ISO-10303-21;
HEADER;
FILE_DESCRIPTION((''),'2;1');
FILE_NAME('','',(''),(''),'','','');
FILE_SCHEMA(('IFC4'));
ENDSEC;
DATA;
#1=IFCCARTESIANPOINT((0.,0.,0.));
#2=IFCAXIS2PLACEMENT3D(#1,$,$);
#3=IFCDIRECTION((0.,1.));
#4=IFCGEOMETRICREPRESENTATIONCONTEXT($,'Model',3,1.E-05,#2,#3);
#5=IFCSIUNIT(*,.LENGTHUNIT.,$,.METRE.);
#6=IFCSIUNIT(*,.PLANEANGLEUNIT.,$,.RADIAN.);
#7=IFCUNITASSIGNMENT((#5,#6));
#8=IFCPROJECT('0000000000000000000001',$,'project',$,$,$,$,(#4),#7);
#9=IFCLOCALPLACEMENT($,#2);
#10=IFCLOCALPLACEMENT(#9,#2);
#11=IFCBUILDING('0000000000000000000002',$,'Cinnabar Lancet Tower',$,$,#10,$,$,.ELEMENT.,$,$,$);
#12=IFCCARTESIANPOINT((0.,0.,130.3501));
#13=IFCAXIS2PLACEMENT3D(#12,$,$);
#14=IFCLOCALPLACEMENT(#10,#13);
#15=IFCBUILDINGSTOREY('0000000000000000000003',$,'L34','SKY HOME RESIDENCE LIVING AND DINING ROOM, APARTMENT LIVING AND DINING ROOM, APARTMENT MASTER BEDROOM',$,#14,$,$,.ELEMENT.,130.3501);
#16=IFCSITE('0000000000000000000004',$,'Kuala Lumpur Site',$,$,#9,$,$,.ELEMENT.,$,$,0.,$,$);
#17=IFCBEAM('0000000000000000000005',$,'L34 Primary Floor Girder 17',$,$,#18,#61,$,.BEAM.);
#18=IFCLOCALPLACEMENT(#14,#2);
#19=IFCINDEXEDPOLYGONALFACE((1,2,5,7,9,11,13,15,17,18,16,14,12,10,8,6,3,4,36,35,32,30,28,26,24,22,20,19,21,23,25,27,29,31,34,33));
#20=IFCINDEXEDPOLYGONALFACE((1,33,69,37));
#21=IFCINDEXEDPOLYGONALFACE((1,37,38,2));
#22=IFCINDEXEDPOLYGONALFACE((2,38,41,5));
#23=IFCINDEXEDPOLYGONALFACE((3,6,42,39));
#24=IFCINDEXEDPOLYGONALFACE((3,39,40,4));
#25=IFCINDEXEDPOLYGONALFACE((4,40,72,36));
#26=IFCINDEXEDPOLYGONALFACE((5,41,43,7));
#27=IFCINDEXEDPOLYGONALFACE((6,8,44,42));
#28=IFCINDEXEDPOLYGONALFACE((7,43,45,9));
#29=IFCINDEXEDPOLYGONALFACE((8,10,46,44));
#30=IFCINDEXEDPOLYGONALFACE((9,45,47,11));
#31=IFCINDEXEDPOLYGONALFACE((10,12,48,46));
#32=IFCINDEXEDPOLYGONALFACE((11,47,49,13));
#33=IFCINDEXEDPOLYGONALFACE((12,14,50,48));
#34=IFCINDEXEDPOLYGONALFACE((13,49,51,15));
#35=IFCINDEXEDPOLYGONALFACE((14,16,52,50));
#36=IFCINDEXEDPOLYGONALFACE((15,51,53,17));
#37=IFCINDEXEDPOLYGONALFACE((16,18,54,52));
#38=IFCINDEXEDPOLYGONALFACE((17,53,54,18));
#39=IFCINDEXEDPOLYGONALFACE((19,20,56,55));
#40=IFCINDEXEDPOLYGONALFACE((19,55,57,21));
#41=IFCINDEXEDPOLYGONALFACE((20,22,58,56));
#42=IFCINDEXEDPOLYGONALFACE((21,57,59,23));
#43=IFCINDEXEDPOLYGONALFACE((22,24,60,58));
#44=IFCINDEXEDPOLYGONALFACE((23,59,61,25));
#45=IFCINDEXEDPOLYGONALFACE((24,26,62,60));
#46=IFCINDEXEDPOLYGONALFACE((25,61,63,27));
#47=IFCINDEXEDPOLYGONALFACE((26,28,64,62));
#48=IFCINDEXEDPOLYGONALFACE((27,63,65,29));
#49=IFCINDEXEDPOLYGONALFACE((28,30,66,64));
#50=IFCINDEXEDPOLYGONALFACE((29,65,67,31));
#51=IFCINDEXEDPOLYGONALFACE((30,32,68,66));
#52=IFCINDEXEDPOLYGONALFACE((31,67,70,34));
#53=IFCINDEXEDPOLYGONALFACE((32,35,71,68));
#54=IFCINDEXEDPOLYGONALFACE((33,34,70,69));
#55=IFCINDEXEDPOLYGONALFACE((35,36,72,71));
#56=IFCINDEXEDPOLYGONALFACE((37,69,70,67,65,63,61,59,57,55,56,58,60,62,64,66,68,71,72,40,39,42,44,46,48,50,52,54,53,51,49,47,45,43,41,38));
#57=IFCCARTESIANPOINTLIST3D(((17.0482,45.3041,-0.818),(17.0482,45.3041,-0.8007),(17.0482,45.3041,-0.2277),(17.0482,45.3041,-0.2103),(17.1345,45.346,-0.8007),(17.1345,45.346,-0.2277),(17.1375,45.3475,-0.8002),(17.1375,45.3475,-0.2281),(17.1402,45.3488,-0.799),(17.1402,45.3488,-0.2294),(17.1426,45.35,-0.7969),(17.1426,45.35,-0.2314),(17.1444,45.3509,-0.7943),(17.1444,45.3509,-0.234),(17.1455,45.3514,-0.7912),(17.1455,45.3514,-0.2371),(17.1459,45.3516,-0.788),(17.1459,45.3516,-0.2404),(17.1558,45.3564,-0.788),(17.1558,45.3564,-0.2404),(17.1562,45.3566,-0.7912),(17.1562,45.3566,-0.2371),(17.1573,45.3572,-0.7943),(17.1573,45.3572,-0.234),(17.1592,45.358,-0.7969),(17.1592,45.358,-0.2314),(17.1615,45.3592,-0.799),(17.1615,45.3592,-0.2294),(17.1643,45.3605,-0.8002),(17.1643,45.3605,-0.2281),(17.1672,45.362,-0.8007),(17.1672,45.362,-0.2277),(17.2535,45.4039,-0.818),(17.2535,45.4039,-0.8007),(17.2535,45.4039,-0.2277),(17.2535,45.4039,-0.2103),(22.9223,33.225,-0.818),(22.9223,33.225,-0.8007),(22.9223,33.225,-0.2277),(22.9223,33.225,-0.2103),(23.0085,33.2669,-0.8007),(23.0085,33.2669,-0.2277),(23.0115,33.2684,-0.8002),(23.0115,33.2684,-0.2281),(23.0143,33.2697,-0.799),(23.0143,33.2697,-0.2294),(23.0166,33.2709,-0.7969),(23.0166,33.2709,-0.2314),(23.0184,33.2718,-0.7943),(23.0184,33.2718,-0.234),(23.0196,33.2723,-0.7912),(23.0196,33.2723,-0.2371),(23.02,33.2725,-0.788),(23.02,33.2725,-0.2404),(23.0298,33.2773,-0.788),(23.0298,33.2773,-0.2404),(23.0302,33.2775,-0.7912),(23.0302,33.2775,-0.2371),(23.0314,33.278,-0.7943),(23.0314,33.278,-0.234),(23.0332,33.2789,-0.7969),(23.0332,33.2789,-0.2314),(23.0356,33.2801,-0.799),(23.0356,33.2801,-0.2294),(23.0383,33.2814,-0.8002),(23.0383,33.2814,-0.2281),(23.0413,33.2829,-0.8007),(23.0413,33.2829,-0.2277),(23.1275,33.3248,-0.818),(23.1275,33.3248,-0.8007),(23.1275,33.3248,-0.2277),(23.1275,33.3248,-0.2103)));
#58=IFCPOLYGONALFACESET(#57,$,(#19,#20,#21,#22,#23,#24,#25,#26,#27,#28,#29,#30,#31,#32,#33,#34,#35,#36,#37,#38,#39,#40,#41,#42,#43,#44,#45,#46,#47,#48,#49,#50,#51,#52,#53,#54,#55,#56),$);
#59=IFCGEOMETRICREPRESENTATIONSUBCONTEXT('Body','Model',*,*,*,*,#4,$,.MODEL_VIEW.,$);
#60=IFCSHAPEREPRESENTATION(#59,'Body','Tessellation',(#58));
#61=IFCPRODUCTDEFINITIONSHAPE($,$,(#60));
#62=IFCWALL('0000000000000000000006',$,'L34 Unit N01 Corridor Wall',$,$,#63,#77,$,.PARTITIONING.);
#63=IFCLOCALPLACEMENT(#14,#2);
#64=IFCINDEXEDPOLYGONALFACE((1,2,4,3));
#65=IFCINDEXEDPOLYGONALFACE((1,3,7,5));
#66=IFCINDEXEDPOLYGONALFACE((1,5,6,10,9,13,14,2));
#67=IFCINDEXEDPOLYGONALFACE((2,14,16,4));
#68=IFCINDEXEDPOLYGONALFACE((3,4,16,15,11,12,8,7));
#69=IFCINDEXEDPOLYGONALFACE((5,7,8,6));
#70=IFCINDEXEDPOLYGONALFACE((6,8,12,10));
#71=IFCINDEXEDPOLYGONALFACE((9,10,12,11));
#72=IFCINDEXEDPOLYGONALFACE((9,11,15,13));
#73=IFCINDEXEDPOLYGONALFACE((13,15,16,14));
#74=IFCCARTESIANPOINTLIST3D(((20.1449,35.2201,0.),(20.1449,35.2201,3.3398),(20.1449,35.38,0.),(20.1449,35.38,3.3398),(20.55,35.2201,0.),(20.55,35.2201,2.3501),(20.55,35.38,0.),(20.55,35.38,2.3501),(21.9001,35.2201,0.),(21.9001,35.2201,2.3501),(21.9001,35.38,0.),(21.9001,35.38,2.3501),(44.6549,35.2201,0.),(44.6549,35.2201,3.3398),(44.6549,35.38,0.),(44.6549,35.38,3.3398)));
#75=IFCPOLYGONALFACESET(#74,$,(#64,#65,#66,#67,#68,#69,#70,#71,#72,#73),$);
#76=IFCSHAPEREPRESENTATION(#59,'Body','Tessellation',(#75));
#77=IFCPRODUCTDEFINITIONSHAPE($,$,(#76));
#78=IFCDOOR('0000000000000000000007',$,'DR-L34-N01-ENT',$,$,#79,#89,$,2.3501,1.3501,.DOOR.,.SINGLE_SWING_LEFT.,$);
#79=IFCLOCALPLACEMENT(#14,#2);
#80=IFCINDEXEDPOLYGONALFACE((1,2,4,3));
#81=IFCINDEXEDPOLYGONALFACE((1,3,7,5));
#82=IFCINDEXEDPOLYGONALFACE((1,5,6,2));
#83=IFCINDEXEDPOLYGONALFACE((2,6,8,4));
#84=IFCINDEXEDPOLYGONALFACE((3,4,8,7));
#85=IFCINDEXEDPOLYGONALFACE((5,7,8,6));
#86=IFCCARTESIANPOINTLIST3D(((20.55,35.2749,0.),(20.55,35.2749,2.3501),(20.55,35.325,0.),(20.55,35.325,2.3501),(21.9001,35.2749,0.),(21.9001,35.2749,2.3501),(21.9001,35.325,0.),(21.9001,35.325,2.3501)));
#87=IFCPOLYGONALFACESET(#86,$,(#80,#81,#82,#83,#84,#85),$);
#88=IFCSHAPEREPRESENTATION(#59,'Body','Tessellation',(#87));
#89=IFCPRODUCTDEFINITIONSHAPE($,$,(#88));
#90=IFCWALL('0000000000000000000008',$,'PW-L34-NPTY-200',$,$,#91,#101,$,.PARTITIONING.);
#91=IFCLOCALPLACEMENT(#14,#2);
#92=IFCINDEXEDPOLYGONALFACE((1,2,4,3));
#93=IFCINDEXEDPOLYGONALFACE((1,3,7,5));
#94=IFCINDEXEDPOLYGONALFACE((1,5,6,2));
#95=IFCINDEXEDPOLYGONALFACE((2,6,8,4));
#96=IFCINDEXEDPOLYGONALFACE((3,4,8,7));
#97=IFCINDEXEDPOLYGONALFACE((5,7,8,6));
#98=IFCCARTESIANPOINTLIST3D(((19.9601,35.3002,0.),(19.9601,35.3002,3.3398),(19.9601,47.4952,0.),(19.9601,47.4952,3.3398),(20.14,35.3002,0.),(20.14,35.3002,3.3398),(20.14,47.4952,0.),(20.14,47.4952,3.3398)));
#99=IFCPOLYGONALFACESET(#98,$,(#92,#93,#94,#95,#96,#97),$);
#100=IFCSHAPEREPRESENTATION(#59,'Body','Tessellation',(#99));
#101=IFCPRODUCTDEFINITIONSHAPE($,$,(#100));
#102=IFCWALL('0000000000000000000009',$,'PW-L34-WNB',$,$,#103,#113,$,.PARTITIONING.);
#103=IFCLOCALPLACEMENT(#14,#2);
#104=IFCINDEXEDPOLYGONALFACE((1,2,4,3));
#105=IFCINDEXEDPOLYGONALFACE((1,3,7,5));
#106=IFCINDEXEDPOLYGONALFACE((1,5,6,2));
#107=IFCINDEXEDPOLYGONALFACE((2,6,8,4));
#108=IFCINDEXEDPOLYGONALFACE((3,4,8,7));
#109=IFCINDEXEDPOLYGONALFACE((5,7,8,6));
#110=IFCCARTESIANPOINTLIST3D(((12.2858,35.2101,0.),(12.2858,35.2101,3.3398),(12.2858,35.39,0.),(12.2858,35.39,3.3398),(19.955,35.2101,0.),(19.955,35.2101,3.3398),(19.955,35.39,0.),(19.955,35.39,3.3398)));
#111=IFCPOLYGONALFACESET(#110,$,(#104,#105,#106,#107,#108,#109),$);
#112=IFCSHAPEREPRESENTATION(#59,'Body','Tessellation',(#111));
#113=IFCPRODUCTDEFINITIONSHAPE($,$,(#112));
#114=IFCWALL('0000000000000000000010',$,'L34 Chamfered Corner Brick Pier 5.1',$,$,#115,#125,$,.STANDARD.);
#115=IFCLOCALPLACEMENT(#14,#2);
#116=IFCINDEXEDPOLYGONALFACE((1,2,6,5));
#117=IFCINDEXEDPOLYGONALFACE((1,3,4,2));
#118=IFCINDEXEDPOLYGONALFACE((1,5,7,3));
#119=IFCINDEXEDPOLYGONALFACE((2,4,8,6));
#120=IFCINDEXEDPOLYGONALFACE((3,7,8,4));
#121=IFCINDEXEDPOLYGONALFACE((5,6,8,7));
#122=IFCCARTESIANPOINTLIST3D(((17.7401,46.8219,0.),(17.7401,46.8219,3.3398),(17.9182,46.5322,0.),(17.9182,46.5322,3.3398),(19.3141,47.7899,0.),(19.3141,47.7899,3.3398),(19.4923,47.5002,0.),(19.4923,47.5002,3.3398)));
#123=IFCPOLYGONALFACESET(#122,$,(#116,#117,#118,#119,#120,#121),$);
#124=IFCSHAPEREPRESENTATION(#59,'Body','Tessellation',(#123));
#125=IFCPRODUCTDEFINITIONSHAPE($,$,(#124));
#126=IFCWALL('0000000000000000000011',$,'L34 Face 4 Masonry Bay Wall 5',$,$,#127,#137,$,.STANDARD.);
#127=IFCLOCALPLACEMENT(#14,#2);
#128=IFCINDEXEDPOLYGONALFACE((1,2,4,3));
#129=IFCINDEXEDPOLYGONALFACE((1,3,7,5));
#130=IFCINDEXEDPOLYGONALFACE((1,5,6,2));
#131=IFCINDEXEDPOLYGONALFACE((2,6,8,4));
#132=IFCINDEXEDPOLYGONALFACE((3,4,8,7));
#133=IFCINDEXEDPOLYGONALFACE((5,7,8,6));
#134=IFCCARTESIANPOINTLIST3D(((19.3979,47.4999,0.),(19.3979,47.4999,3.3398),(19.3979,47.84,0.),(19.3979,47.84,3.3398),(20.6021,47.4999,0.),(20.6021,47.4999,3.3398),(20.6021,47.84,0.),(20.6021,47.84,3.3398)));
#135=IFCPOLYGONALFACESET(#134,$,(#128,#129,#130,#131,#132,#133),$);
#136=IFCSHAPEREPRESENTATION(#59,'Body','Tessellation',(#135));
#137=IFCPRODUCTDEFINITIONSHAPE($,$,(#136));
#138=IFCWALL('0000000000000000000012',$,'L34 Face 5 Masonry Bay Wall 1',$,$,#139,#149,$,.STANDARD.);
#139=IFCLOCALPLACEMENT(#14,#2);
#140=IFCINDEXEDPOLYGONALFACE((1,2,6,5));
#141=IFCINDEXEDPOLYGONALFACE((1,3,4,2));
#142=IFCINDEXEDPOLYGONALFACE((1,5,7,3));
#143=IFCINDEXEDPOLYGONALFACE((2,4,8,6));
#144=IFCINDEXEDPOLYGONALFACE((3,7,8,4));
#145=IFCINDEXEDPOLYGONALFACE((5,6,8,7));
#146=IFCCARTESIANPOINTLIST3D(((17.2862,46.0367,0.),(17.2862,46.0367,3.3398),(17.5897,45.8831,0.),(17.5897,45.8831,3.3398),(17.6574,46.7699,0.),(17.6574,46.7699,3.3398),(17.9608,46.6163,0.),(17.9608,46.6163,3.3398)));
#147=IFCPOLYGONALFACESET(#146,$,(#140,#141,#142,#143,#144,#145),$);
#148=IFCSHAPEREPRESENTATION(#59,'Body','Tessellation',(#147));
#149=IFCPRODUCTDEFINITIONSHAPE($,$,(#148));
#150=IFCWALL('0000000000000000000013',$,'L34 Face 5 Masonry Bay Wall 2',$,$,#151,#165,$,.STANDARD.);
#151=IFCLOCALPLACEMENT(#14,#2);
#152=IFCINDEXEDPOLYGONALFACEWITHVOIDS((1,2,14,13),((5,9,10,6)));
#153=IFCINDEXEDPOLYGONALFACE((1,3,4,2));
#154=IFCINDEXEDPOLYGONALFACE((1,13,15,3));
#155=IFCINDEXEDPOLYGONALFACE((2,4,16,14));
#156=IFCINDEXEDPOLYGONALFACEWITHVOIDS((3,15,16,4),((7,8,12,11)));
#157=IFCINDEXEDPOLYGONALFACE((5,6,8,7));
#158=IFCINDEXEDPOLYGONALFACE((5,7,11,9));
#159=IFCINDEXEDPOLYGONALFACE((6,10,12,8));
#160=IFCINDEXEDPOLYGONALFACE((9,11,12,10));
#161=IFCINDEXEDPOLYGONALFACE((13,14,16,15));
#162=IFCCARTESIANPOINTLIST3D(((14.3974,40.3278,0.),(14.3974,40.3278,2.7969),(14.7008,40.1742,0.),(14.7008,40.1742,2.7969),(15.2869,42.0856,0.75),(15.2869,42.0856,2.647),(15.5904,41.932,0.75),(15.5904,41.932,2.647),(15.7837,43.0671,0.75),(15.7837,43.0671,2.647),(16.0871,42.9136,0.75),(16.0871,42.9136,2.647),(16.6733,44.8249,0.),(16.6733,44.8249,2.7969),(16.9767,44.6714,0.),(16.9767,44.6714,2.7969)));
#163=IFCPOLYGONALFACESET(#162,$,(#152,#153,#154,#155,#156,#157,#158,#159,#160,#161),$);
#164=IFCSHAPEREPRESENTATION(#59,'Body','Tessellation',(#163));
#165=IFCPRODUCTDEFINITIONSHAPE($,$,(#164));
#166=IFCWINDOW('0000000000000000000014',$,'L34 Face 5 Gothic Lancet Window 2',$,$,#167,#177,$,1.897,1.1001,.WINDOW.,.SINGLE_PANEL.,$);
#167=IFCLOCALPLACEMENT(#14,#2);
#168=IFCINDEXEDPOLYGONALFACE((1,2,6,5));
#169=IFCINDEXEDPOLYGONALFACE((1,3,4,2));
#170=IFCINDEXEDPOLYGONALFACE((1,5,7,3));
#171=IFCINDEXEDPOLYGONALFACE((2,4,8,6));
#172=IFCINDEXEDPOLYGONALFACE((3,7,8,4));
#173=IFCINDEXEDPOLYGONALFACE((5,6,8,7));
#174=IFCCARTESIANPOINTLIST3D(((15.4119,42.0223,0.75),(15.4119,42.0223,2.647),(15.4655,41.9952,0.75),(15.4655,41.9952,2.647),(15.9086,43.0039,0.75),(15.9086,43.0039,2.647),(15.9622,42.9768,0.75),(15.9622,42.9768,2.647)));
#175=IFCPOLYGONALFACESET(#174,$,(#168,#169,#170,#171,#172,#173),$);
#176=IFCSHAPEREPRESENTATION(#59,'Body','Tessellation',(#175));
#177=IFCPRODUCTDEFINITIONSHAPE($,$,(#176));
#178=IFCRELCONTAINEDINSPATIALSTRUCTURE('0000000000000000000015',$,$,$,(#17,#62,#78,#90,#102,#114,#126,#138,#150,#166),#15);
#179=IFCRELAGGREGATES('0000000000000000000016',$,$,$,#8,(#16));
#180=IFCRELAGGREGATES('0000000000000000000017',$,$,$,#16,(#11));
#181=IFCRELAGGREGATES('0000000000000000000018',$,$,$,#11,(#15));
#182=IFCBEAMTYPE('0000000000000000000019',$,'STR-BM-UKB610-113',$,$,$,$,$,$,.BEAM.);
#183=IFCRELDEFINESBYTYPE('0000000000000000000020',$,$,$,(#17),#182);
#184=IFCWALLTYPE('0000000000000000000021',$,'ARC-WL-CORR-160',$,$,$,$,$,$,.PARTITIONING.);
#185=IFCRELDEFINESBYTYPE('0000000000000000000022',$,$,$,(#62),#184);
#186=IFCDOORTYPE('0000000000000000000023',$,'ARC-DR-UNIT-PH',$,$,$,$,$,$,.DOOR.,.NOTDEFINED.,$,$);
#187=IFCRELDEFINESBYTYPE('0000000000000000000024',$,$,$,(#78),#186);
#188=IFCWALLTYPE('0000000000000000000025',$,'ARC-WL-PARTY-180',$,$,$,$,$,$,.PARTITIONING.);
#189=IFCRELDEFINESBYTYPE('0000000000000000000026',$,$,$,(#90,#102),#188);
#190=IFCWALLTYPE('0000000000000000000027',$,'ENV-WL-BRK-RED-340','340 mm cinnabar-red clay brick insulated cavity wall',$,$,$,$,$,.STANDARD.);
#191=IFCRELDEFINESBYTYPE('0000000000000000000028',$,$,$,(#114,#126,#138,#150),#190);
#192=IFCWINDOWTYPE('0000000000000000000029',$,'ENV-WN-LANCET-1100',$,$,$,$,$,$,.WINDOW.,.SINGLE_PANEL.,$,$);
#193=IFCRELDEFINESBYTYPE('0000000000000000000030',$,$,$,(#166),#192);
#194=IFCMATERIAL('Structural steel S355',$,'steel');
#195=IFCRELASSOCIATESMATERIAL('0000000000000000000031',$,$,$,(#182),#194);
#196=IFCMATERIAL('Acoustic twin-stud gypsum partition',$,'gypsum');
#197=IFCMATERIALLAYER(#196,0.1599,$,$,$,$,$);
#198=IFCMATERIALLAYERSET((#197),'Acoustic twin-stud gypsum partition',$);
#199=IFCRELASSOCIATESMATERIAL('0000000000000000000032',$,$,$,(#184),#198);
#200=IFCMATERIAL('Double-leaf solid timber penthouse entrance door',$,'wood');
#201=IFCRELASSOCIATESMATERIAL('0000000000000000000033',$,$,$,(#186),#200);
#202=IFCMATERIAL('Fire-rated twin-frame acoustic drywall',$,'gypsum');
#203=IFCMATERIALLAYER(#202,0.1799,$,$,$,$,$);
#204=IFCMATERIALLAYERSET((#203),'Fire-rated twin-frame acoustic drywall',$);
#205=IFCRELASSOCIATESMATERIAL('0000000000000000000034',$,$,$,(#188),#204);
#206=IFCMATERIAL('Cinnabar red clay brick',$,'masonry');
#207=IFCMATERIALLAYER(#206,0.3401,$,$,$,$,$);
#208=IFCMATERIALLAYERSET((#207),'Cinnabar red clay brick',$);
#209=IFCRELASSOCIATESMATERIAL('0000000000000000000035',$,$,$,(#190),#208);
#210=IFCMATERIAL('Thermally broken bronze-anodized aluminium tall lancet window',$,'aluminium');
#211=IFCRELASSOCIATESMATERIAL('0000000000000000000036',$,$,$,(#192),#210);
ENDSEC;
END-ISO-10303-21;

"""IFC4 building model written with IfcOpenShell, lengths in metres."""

from ifc_helpers import new_model, si_unit, direction, frame, frame_2d, origin, origin_2d, place, context, subcontext, project, spatial, rectangle, i_section, extrude, material, layer, layer_set, material_profile, profile_set, type_object, element, fill, save


model = new_model("IFC4")

# Units and contexts
model_context = context("Model", 3, precision=1e-05, world=origin(), true_north=direction((0.0, 1.0)))
body_context = subcontext(model_context, "Body", "Model", "MODEL_VIEW")
ifc_project = project(units=[si_unit("LENGTHUNIT", "METRE"), si_unit("PLANEANGLEUNIT", "RADIAN")], contexts=[model_context])

# Site, building, storey
site_placement = place(None, origin())
site = spatial("IfcSite", under=ifc_project, at=site_placement, Name="Kuala Lumpur Site", CompositionType="ELEMENT", RefElevation=0.0)
building_placement = place(site_placement, origin())
building = spatial("IfcBuilding", under=site, at=building_placement, Name="Cinnabar Lancet Tower", CompositionType="ELEMENT")
storey_placement = place(building_placement, frame((0.0, 0.0, 130.3501)))
storey = spatial("IfcBuildingStorey", under=building, at=storey_placement, Name="L34", Description="SKY HOME RESIDENCE LIVING AND DINING ROOM, APARTMENT LIVING AND DINING ROOM, APARTMENT MASTER BEDROOM", CompositionType="ELEMENT", Elevation=130.3501)

# Beam
ifc_material_1 = material(Name="Structural steel S355", Category="steel")
ifc_material_profile_1 = material_profile(ifc_material_1, i_section(OverallWidth=0.2283, OverallDepth=0.6077, WebThickness=0.011, FlangeThickness=0.0173, FilletRadius=0.0127, at=origin_2d()), Name="UKB 610x229x113")
ifc_profile_set_1 = profile_set([ifc_material_profile_1], Name="Structural steel S355")
beam_type_1 = type_object("IfcBeamType", Name="STR-BM-UKB610-113", PredefinedType="BEAM", material=ifc_profile_set_1)
beam_1_placement = place(storey_placement, frame((17.1509, 45.354, -0.5142), z_axis=(0.437327, -0.899302, 0.0), x_axis=(0.899302, 0.437327, 0.0)))
element("IfcBeam", 1, at=beam_1_placement, inside=storey, type_object=beam_type_1, Name="L34 Primary Floor Girder 17", PredefinedType="BEAM", context=body_context, shape_type="SweptSolid", body=[
    extrude(i_section(OverallWidth=0.2283, OverallDepth=0.6077, WebThickness=0.011, FlangeThickness=0.0173, FilletRadius=0.0127, at=origin_2d()), origin(), (0.0, 0.0, 1.0), 13.4316),
])

# Wall, opening, door
ifc_material_2 = material(Name="Acoustic twin-stud gypsum partition", Category="gypsum")
ifc_layer_1 = layer(ifc_material_2, 0.1599)
ifc_layer_set_1 = layer_set([ifc_layer_1], Name="Acoustic twin-stud gypsum partition")
wall_type_1 = type_object("IfcWallType", Name="ARC-WL-CORR-160", PredefinedType="PARTITIONING", material=ifc_layer_set_1)
wall_1_placement = place(storey_placement, frame((20.145, 35.3, 0.0), z_axis=(0.0, 0.0, 1.0), x_axis=(1.0, 0.0, 0.0)))
wall_1 = element("IfcWall", 2, at=wall_1_placement, inside=storey, type_object=wall_type_1, Name="L34 Unit N01 Corridor Wall", PredefinedType="PARTITIONING", context=body_context, shape_type="SweptSolid", body=[
    extrude(rectangle(XDim=24.51, YDim=0.1599, at=frame_2d((12.2549, 0.0))), origin(), (0.0, 0.0, 1.0), 3.3398),
])
opening_1_placement = place(wall_1_placement, frame((0.405, 0.0, 0.0)))
opening_1 = element("IfcOpeningElement", 3, at=opening_1_placement, cuts=wall_1, PredefinedType="OPENING", context=body_context, shape_type="SweptSolid", body=[
    extrude(rectangle(XDim=1.3501, YDim=2.3501, at=frame_2d((0.675, 1.175))), frame((0.0, 0.0898, 0.0), z_axis=(0.0, -1.0, 0.0), x_axis=(1.0, 0.0, 0.0)), (0.0, 0.0, 1.0), 0.1799),
])
ifc_material_3 = material(Name="Double-leaf solid timber penthouse entrance door", Category="wood")
door_type = type_object("IfcDoorType", Name="ARC-DR-UNIT-PH", OperationType="NOTDEFINED", PredefinedType="DOOR", material=ifc_material_3)
door_placement = place(opening_1_placement, origin())
door = element("IfcDoor", 4, at=door_placement, inside=storey, type_object=door_type, Name="DR-L34-N01-ENT", OperationType="SINGLE_SWING_LEFT", OverallHeight=2.3501, OverallWidth=1.3501, PredefinedType="DOOR", context=body_context, shape_type="SweptSolid", body=[
    extrude(rectangle(XDim=1.3501, YDim=2.3501, at=frame_2d((0.675, 1.175))), frame((0.0, 0.0249, 0.0), z_axis=(0.0, -1.0, 0.0), x_axis=(1.0, 0.0, 0.0)), (0.0, 0.0, 1.0), 0.05),
])
fill(opening_1, door)

# Walls
ifc_material_4 = material(Name="Fire-rated twin-frame acoustic drywall", Category="gypsum")
ifc_layer_2 = layer(ifc_material_4, 0.1799)
ifc_layer_set_2 = layer_set([ifc_layer_2], Name="Fire-rated twin-frame acoustic drywall")
wall_type_2 = type_object("IfcWallType", Name="ARC-WL-PARTY-180", PredefinedType="PARTITIONING", material=ifc_layer_set_2)
wall_2_placement = place(storey_placement, frame((20.05, 35.3, 0.0), z_axis=(0.0, 0.0, 1.0), x_axis=(0.0, 1.0, 0.0)))
element("IfcWall", 5, at=wall_2_placement, inside=storey, type_object=wall_type_2, Name="PW-L34-NPTY-200", PredefinedType="PARTITIONING", context=body_context, shape_type="SweptSolid", body=[
    extrude(rectangle(XDim=12.1951, YDim=0.1799, at=frame_2d((6.0977, 0.0))), origin(), (0.0, 0.0, 1.0), 3.3398),
])
wall_3_placement = place(storey_placement, frame((12.2859, 35.3, 0.0), z_axis=(0.0, 0.0, 1.0), x_axis=(1.0, 0.0, 0.0)))
element("IfcWall", 6, at=wall_3_placement, inside=storey, type_object=wall_type_2, Name="PW-L34-WNB", PredefinedType="PARTITIONING", context=body_context, shape_type="SweptSolid", body=[
    extrude(rectangle(XDim=7.6692, YDim=0.1799, at=frame_2d((3.8345, 0.0))), origin(), (0.0, 0.0, 1.0), 3.3398),
])
ifc_material_5 = material(Name="Cinnabar red clay brick", Category="masonry")
ifc_layer_3 = layer(ifc_material_5, 0.3401)
ifc_layer_set_3 = layer_set([ifc_layer_3], Name="Cinnabar red clay brick")
wall_type_3 = type_object("IfcWallType", Name="ENV-WL-BRK-RED-340", Description="340 mm cinnabar-red clay brick insulated cavity wall", PredefinedType="STANDARD", material=ifc_layer_set_3)
wall_4_placement = place(storey_placement, frame((19.4031, 47.645, 0.0), z_axis=(0.0, 0.0, 1.0), x_axis=(-0.851799, -0.523869, 0.0)))
element("IfcWall", 7, at=wall_4_placement, inside=storey, type_object=wall_type_3, Name="L34 Chamfered Corner Brick Pier 5.1", PredefinedType="STANDARD", context=body_context, shape_type="SweptSolid", body=[
    extrude(rectangle(XDim=1.8479, YDim=0.3401, at=frame_2d((0.9238, 0.0))), origin(), (0.0, 0.0, 1.0), 3.3398),
])
wall_5_placement = place(storey_placement, frame((20.6021, 47.6699, 0.0), z_axis=(0.0, 0.0, 1.0), x_axis=(-1.0, 0.0, 0.0)))
element("IfcWall", 8, at=wall_5_placement, inside=storey, type_object=wall_type_3, Name="L34 Face 4 Masonry Bay Wall 5", PredefinedType="STANDARD", context=body_context, shape_type="SweptSolid", body=[
    extrude(rectangle(XDim=1.2041, YDim=0.3401, at=frame_2d((0.6021, 0.0))), origin(), (0.0, 0.0, 1.0), 3.3398),
])
wall_6_placement = place(storey_placement, frame((17.8091, 46.6931, 0.0), z_axis=(0.0, 0.0, 1.0), x_axis=(-0.451605, -0.892218, 0.0)))
element("IfcWall", 9, at=wall_6_placement, inside=storey, type_object=wall_type_3, Name="L34 Face 5 Masonry Bay Wall 1", PredefinedType="STANDARD", context=body_context, shape_type="SweptSolid", body=[
    extrude(rectangle(XDim=0.8218, YDim=0.3401, at=frame_2d((0.4109, 0.0))), origin(), (0.0, 0.0, 1.0), 3.3398),
])

# Wall, opening, window
wall_7_placement = place(storey_placement, frame((16.825, 44.748, 0.0), z_axis=(0.0, 0.0, 1.0), x_axis=(-0.451548, -0.892247, 0.0)))
wall_7 = element("IfcWall", 10, at=wall_7_placement, inside=storey, type_object=wall_type_3, Name="L34 Face 5 Masonry Bay Wall 2", PredefinedType="STANDARD", context=body_context, shape_type="SweptSolid", body=[
    extrude(rectangle(XDim=5.0403, YDim=0.3401, at=frame_2d((2.52, 0.0))), origin(), (0.0, 0.0, 1.0), 2.7969),
])
opening_2_placement = place(wall_7_placement, frame((1.97, 0.0, 0.75)))
opening_2 = element("IfcOpeningElement", 11, at=opening_2_placement, cuts=wall_7, PredefinedType="OPENING", context=body_context, shape_type="SweptSolid", body=[
    extrude(rectangle(XDim=1.1001, YDim=1.897, at=frame_2d((0.55, 0.9485))), frame((0.0, 0.1799, 0.0), z_axis=(0.0, -1.0, 0.0), x_axis=(1.0, 0.0, 0.0)), (0.0, 0.0, 1.0), 0.3601),
])
ifc_material_6 = material(Name="Thermally broken bronze-anodized aluminium tall lancet window", Category="aluminium")
window_type = type_object("IfcWindowType", Name="ENV-WN-LANCET-1100", PartitioningType="SINGLE_PANEL", PredefinedType="WINDOW", material=ifc_material_6)
window_1_placement = place(opening_2_placement, origin())
window_1 = element("IfcWindow", 12, at=window_1_placement, inside=storey, type_object=window_type, Name="L34 Face 5 Gothic Lancet Window 2", OverallHeight=1.897, OverallWidth=1.1001, PartitioningType="SINGLE_PANEL", PredefinedType="WINDOW", context=body_context, shape_type="SweptSolid", body=[
    extrude(rectangle(XDim=1.1001, YDim=1.897, at=frame_2d((0.55, 0.9485))), frame((0.0, 0.03, 0.0), z_axis=(0.0, -1.0, 0.0), x_axis=(1.0, 0.0, 0.0)), (0.0, 0.0, 1.0), 0.0601),
])
fill(opening_2, window_1)

save(model, "model.ifc")
